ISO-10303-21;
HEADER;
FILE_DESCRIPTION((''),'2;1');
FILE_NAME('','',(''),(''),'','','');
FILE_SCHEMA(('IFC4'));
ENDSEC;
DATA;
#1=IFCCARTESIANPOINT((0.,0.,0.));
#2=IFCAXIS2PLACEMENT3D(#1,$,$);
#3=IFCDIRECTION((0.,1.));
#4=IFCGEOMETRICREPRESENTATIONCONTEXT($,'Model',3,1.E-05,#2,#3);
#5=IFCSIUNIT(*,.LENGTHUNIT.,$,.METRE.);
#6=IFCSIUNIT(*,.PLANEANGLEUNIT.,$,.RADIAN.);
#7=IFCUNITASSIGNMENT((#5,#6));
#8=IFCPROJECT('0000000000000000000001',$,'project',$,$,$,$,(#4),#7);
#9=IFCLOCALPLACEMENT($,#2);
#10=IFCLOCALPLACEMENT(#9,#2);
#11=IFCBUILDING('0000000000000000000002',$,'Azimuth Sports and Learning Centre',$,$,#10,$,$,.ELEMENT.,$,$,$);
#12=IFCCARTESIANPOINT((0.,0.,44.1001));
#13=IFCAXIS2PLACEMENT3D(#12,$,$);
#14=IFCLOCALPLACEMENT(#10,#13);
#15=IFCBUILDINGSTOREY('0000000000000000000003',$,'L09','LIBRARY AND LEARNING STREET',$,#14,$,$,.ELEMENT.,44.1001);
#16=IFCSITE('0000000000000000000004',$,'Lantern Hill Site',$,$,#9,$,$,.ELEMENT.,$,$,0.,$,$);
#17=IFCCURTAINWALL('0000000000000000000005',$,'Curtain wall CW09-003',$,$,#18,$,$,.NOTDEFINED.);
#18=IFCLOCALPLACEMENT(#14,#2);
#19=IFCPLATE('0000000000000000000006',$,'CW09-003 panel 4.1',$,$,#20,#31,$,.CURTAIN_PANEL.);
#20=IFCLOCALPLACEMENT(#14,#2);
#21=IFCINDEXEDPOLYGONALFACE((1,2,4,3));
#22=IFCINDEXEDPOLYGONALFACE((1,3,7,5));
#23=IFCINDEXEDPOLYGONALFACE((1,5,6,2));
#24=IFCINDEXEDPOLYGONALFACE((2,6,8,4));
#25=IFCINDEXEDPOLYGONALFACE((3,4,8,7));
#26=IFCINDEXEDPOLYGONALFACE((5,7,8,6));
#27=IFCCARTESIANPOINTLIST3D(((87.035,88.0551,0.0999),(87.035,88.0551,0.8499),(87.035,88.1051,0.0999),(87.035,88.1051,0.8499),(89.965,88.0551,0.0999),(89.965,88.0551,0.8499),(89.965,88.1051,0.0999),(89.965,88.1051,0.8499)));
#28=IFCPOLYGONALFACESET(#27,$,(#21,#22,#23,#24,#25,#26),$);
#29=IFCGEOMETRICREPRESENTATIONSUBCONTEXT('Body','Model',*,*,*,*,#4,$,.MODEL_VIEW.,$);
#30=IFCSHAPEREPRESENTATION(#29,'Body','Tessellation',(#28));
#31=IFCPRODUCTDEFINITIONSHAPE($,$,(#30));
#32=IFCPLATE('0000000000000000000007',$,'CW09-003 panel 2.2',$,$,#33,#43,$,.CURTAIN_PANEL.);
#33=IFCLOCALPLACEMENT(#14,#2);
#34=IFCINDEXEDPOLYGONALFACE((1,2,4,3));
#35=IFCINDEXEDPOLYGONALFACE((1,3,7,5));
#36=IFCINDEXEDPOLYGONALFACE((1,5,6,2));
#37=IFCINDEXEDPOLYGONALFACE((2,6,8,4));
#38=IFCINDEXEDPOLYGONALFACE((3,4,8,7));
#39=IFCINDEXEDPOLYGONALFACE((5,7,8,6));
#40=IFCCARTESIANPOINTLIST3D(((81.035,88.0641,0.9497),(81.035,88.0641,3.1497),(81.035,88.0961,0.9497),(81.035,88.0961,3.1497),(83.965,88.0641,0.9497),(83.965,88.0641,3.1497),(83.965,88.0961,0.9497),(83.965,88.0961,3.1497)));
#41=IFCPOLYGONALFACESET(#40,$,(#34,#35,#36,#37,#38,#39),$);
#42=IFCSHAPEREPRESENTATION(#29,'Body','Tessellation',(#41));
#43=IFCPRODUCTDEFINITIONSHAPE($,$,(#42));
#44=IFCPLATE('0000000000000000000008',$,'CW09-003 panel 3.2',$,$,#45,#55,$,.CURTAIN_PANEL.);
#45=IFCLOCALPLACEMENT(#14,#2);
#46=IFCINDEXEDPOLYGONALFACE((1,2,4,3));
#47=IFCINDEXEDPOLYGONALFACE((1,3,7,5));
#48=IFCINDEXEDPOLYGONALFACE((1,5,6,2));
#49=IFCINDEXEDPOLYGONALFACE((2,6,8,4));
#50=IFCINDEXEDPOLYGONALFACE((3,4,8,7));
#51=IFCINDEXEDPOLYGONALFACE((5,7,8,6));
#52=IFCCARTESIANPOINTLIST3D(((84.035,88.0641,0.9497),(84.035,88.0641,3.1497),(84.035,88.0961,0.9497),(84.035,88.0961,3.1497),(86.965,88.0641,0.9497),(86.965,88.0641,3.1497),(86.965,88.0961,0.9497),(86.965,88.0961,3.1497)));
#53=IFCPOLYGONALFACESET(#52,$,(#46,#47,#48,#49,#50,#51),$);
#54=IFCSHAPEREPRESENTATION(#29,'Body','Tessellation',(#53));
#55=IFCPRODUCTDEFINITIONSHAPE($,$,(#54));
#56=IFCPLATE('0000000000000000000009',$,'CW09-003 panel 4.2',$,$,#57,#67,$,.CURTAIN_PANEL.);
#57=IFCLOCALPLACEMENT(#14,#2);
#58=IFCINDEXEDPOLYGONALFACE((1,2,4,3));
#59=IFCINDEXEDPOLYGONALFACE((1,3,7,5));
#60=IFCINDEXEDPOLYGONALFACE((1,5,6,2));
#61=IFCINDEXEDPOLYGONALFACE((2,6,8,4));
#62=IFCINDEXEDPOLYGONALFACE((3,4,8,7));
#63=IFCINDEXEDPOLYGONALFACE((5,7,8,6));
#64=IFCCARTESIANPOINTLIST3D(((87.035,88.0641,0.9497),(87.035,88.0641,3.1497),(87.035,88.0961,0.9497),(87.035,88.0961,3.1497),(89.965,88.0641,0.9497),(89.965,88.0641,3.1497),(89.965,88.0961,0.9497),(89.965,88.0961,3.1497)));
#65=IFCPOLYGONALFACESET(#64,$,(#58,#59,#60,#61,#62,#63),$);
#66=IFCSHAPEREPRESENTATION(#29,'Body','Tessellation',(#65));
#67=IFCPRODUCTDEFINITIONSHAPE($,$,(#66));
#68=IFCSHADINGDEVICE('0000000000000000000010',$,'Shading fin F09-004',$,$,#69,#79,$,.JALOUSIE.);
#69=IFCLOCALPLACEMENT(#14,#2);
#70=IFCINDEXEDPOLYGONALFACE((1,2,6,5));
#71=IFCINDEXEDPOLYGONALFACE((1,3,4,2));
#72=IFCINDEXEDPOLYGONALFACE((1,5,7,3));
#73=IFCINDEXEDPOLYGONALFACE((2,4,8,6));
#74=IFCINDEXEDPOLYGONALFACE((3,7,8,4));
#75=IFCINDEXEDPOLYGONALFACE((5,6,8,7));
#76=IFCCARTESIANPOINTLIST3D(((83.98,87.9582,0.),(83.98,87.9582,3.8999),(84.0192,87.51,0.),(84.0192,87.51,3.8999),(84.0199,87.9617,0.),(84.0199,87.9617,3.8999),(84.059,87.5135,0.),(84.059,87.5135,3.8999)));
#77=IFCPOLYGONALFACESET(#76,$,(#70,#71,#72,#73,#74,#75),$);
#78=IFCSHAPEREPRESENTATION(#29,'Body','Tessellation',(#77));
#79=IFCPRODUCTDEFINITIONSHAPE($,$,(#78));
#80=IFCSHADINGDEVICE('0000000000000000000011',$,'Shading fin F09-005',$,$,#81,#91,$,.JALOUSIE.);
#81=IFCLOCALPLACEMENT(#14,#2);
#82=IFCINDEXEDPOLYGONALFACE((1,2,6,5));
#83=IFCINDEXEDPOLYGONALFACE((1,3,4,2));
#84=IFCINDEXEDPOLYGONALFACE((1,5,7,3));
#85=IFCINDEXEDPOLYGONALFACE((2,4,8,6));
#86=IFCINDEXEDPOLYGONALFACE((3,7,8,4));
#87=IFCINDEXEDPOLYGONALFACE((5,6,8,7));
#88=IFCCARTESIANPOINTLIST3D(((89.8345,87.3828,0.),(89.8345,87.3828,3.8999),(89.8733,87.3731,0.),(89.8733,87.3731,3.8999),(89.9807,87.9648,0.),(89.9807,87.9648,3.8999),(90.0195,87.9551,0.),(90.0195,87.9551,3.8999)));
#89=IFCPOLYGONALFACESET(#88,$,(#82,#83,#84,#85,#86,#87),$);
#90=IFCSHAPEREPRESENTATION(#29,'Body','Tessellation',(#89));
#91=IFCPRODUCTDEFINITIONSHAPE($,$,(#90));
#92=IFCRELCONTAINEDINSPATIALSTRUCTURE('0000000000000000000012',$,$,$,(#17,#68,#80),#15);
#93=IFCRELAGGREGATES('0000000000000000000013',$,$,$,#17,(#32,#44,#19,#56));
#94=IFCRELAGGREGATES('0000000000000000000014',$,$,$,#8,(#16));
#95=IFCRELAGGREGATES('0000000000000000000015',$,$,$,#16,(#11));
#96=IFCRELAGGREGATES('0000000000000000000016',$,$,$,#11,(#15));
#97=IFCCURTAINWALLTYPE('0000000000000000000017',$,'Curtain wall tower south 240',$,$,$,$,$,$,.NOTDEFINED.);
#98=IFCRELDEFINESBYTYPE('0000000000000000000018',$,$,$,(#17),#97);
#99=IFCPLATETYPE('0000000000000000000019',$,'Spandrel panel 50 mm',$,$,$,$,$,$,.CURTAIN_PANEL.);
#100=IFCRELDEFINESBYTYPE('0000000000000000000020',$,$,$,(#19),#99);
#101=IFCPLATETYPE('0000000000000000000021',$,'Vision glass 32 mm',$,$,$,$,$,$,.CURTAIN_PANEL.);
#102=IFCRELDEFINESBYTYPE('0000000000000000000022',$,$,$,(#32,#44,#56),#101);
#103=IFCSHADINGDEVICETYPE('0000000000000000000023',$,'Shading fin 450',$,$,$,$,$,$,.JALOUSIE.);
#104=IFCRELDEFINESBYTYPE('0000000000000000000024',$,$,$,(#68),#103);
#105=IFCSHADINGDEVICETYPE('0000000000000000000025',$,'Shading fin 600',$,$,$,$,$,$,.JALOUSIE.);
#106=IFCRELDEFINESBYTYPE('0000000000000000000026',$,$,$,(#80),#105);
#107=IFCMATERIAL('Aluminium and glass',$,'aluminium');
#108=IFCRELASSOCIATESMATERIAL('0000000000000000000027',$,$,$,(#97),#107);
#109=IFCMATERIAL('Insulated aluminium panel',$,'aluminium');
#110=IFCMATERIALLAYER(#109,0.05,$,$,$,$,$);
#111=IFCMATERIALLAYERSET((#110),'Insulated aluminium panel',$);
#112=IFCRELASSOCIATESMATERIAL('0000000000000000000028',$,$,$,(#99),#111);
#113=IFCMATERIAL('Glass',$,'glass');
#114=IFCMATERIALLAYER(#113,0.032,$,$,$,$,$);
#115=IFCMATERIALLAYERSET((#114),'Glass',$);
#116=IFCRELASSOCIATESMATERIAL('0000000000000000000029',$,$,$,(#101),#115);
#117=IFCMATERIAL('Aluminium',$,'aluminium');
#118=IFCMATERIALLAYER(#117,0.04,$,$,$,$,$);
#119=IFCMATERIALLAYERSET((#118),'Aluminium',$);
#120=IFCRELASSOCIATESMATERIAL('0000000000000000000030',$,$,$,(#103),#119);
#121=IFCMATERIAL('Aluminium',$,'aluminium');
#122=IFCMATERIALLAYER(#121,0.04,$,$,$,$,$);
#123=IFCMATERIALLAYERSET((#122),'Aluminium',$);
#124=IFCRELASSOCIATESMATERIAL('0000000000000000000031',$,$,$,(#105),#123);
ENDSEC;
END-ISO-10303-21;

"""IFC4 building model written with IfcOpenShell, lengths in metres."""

from ifc_helpers import new_model, si_unit, direction, frame, origin, origin_2d, place, context, subcontext, project, spatial, rectangle, extrude, material, layer, layer_set, type_object, element, aggregate, save


model = new_model("IFC4")

# Units and contexts
model_context = context("Model", 3, precision=1e-05, world=origin(), true_north=direction((0.0, 1.0)))
body_context = subcontext(model_context, "Body", "Model", "MODEL_VIEW")
ifc_project = project(units=[si_unit("LENGTHUNIT", "METRE"), si_unit("PLANEANGLEUNIT", "RADIAN")], contexts=[model_context])

# Site, building, storey
site_placement = place(None, origin())
site = spatial("IfcSite", under=ifc_project, at=site_placement, Name="Lantern Hill Site", CompositionType="ELEMENT", RefElevation=0.0)
building_placement = place(site_placement, origin())
building = spatial("IfcBuilding", under=site, at=building_placement, Name="Azimuth Sports and Learning Centre", CompositionType="ELEMENT")
storey_placement = place(building_placement, frame((0.0, 0.0, 44.1001)))
storey = spatial("IfcBuildingStorey", under=building, at=storey_placement, Name="L09", Description="LIBRARY AND LEARNING STREET", CompositionType="ELEMENT", Elevation=44.1001)

# Curtain wall, plates
ifc_material_1 = material(Name="Aluminium and glass", Category="aluminium")
curtain_wall_type = type_object("IfcCurtainWallType", Name="Curtain wall tower south 240", PredefinedType="NOTDEFINED", material=ifc_material_1)
curtain_wall_placement = place(storey_placement, origin())
curtain_wall = element("IfcCurtainWall", 1, at=curtain_wall_placement, inside=storey, type_object=curtain_wall_type, Name="Curtain wall CW09-003", PredefinedType="NOTDEFINED")
ifc_material_2 = material(Name="Insulated aluminium panel", Category="aluminium")
ifc_layer_1 = layer(ifc_material_2, 0.05)
ifc_layer_set_1 = layer_set([ifc_layer_1], Name="Insulated aluminium panel")
plate_type_1 = type_object("IfcPlateType", Name="Spandrel panel 50 mm", PredefinedType="CURTAIN_PANEL", material=ifc_layer_set_1)
plate_1_placement = place(storey_placement, frame((88.5, 88.0801, 0.0999), z_axis=(0.0, 0.0, 1.0), x_axis=(1.0, 0.0, 0.0)))
plate_1 = element("IfcPlate", 2, at=plate_1_placement, type_object=plate_type_1, Name="CW09-003 panel 4.1", PredefinedType="CURTAIN_PANEL", context=body_context, shape_type="SweptSolid", body=[
    extrude(rectangle(XDim=2.9299, YDim=0.05, at=origin_2d()), origin(), (0.0, 0.0, 1.0), 0.75),
])
ifc_material_3 = material(Name="Glass", Category="glass")
ifc_layer_2 = layer(ifc_material_3, 0.032)
ifc_layer_set_2 = layer_set([ifc_layer_2], Name="Glass")
plate_type_2 = type_object("IfcPlateType", Name="Vision glass 32 mm", PredefinedType="CURTAIN_PANEL", material=ifc_layer_set_2)
plate_2_placement = place(storey_placement, frame((82.5, 88.0801, 0.9497), z_axis=(0.0, 0.0, 1.0), x_axis=(1.0, 0.0, 0.0)))
plate_2 = element("IfcPlate", 3, at=plate_2_placement, type_object=plate_type_2, Name="CW09-003 panel 2.2", PredefinedType="CURTAIN_PANEL", context=body_context, shape_type="SweptSolid", body=[
    extrude(rectangle(XDim=2.9299, YDim=0.032, at=origin_2d()), origin(), (0.0, 0.0, 1.0), 2.2),
])
plate_3_placement = place(storey_placement, frame((85.5, 88.0801, 0.9497), z_axis=(0.0, 0.0, 1.0), x_axis=(1.0, 0.0, 0.0)))
plate_3 = element("IfcPlate", 4, at=plate_3_placement, type_object=plate_type_2, Name="CW09-003 panel 3.2", PredefinedType="CURTAIN_PANEL", context=body_context, shape_type="SweptSolid", body=[
    extrude(rectangle(XDim=2.9299, YDim=0.032, at=origin_2d()), origin(), (0.0, 0.0, 1.0), 2.2),
])
plate_4_placement = place(storey_placement, frame((88.5, 88.0801, 0.9497), z_axis=(0.0, 0.0, 1.0), x_axis=(1.0, 0.0, 0.0)))
plate_4 = element("IfcPlate", 5, at=plate_4_placement, type_object=plate_type_2, Name="CW09-003 panel 4.2", PredefinedType="CURTAIN_PANEL", context=body_context, shape_type="SweptSolid", body=[
    extrude(rectangle(XDim=2.9299, YDim=0.032, at=origin_2d()), origin(), (0.0, 0.0, 1.0), 2.2),
])
aggregate(curtain_wall, [plate_2, plate_3, plate_1, plate_4])

# Shading devices
ifc_material_4 = material(Name="Aluminium", Category="aluminium")
ifc_layer_3 = layer(ifc_material_4, 0.04)
ifc_layer_set_3 = layer_set([ifc_layer_3], Name="Aluminium")
shading_device_type_1 = type_object("IfcShadingDeviceType", Name="Shading fin 450", PredefinedType="JALOUSIE", material=ifc_layer_set_3)
shading_device_1_placement = place(storey_placement, frame((84.0195, 87.7358, 0.0), z_axis=(0.0, 0.0, 1.0), x_axis=(0.08698, -0.99621, 0.0)))
element("IfcShadingDevice", 6, at=shading_device_1_placement, inside=storey, type_object=shading_device_type_1, Name="Shading fin F09-004", PredefinedType="JALOUSIE", context=body_context, shape_type="SweptSolid", body=[
    extrude(rectangle(XDim=0.45, YDim=0.04, at=origin_2d()), origin(), (0.0, 0.0, 1.0), 3.8999),
])
ifc_material_5 = material(Name="Aluminium", Category="aluminium")
ifc_layer_4 = layer(ifc_material_5, 0.04)
ifc_layer_set_4 = layer_set([ifc_layer_4], Name="Aluminium")
shading_device_type_2 = type_object("IfcShadingDeviceType", Name="Shading fin 600", PredefinedType="JALOUSIE", material=ifc_layer_set_4)
shading_device_2_placement = place(storey_placement, frame((89.927, 87.6689, 0.0), z_axis=(0.0, 0.0, 1.0), x_axis=(-0.243731, -0.969843, 0.0)))
element("IfcShadingDevice", 7, at=shading_device_2_placement, inside=storey, type_object=shading_device_type_2, Name="Shading fin F09-005", PredefinedType="JALOUSIE", context=body_context, shape_type="SweptSolid", body=[
    extrude(rectangle(XDim=0.6001, YDim=0.04, at=origin_2d()), origin(), (0.0, 0.0, 1.0), 3.8999),
])

save(model, "model.ifc")
